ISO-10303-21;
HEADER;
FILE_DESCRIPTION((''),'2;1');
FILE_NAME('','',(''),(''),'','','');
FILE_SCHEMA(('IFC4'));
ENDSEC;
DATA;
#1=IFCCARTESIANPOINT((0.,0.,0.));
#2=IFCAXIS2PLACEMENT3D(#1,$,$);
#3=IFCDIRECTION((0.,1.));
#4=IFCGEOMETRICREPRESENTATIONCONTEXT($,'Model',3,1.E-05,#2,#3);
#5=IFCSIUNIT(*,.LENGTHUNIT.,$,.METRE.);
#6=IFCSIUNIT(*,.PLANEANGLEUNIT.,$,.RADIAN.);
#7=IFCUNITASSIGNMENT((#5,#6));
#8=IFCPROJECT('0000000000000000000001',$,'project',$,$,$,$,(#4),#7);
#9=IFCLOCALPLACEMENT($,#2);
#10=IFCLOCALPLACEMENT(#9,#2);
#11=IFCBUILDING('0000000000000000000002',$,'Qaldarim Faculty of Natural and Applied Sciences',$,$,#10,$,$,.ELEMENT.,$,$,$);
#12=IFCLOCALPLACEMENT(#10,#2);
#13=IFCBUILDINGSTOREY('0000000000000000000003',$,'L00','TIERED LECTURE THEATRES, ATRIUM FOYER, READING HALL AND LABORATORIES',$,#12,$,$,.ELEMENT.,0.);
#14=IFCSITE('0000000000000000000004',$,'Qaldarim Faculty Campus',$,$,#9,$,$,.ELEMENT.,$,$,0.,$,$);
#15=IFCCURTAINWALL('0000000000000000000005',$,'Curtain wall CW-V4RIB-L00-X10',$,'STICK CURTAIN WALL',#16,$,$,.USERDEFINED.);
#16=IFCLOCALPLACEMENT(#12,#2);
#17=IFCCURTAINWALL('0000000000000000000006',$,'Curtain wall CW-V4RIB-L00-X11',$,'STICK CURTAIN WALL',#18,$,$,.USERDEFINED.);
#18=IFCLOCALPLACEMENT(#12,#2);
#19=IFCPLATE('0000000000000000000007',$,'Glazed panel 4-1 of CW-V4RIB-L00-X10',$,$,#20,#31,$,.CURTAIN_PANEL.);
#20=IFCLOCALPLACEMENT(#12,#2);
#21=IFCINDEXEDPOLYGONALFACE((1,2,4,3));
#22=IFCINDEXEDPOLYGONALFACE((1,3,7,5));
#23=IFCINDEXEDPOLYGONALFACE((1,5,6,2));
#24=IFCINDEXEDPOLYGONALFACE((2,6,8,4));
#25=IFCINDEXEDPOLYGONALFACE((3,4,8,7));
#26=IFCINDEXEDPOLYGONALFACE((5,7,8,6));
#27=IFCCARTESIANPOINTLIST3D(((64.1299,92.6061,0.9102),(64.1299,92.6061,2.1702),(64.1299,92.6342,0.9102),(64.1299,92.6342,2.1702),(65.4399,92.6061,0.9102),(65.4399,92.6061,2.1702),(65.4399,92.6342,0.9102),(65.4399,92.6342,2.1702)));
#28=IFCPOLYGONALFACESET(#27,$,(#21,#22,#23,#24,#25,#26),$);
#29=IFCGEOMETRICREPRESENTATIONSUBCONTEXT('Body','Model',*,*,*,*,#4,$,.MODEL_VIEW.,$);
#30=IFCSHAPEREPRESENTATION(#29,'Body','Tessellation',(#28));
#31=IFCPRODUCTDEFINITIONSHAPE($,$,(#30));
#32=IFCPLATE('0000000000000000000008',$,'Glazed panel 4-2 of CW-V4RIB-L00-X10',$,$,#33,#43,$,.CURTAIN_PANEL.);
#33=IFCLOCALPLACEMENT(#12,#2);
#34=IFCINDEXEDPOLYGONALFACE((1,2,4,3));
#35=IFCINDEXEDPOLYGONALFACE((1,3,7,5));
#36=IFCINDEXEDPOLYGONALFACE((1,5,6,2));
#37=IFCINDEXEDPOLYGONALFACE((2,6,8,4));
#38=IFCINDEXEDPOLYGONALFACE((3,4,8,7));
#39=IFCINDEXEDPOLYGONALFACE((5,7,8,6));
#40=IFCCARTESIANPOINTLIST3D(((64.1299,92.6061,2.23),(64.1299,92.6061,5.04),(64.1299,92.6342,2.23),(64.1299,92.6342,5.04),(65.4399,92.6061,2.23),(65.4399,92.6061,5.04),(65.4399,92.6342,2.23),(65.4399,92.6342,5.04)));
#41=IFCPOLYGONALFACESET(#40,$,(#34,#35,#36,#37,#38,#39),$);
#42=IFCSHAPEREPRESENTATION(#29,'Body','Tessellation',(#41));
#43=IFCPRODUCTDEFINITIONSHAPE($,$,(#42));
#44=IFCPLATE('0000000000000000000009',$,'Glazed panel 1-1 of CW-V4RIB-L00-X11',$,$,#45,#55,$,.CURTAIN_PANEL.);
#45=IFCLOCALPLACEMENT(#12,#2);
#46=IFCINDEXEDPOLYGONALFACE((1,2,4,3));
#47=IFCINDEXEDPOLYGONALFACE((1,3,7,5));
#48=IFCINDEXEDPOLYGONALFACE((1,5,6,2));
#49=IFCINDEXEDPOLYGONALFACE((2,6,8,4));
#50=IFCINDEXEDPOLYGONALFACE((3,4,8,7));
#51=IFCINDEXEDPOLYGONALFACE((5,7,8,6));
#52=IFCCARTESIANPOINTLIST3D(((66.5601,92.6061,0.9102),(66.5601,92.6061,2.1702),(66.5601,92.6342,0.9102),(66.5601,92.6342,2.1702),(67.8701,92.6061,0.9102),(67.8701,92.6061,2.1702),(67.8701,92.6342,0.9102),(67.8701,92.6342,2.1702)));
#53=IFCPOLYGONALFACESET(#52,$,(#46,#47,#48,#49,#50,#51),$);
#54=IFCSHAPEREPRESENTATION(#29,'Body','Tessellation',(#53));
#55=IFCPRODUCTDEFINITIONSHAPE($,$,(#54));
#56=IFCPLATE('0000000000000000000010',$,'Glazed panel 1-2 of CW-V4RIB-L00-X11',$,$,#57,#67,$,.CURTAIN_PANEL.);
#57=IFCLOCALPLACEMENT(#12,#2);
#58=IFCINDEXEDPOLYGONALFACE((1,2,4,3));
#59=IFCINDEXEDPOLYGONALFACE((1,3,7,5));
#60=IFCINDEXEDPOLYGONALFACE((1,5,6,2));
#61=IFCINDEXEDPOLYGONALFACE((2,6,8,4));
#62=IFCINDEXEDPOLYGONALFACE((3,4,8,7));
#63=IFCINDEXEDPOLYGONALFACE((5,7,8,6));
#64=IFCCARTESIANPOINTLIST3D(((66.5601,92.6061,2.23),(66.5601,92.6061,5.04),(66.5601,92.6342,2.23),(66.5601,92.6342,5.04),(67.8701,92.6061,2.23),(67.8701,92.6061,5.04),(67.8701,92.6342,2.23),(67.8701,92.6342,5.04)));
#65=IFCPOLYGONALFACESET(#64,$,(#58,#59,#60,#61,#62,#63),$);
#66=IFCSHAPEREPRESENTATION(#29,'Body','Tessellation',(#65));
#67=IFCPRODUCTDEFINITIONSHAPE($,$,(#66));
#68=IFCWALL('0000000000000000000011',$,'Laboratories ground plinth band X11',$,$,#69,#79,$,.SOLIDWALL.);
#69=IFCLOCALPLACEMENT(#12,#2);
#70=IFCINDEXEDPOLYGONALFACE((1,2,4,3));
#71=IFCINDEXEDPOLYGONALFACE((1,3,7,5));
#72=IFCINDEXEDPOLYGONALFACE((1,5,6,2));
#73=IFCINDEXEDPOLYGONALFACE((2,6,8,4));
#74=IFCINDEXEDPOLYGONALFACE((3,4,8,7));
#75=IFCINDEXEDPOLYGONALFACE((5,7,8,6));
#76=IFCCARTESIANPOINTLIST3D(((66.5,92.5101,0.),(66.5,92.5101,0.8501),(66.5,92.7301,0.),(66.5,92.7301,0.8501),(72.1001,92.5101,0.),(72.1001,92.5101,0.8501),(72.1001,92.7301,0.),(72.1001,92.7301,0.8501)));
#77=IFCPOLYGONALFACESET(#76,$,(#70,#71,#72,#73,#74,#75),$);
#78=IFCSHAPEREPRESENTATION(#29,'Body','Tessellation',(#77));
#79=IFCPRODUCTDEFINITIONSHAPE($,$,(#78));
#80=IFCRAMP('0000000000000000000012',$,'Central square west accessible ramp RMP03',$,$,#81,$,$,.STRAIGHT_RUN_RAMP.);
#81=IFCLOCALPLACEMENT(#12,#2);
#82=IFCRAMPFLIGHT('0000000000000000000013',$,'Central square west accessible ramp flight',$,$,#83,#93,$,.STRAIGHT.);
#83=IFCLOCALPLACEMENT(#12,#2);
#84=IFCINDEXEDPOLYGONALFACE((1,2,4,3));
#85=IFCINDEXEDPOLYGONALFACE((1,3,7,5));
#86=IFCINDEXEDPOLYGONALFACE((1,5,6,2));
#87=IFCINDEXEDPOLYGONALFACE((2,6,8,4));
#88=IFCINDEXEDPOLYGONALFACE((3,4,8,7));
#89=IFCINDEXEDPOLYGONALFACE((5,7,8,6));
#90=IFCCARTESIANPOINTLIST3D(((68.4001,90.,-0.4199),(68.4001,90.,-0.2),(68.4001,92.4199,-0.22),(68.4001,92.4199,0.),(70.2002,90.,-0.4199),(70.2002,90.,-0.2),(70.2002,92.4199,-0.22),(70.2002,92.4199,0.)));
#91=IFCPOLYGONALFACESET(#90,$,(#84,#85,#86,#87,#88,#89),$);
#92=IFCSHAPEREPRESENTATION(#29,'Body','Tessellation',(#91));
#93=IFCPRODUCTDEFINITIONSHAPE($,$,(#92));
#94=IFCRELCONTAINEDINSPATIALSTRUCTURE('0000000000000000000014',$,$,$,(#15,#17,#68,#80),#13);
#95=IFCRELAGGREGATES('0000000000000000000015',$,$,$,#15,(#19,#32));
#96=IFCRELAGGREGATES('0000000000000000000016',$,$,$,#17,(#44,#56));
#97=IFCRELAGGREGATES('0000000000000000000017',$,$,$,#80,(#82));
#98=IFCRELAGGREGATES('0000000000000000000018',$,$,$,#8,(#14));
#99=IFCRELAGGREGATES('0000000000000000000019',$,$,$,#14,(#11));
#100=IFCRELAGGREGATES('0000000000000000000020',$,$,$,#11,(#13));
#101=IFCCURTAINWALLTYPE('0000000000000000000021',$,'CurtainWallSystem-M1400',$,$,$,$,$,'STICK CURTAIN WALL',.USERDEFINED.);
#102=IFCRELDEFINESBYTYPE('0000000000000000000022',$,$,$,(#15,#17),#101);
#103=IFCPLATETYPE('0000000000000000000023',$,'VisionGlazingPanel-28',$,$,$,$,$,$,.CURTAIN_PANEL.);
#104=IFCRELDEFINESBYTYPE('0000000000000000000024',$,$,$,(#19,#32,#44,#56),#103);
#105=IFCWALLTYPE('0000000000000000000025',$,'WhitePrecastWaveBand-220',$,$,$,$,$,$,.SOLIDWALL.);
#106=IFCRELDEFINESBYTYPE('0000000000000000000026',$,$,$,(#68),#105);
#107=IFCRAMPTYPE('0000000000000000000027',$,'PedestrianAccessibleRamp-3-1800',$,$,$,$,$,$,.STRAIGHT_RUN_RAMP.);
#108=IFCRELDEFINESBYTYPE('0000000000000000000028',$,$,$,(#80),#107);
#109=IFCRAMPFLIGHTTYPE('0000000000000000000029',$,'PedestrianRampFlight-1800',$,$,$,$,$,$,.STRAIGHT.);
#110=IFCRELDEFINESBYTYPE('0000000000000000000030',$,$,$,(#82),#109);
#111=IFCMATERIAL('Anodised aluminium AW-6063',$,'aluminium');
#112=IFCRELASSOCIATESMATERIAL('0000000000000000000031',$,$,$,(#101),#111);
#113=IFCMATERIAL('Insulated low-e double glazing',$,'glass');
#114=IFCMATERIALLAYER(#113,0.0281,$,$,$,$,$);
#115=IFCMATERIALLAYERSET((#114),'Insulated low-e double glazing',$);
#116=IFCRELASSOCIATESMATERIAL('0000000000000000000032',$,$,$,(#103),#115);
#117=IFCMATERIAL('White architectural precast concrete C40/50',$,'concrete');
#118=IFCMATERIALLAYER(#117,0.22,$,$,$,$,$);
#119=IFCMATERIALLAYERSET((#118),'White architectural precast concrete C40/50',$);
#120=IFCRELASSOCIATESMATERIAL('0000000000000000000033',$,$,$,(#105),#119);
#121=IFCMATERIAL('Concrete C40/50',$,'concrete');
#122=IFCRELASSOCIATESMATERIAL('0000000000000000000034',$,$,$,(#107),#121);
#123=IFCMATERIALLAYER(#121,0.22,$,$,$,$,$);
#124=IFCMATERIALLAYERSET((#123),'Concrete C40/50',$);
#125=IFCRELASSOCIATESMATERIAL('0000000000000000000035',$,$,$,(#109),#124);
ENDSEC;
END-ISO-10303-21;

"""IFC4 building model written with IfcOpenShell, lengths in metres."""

from ifc_helpers import new_model, si_unit, direction, frame, frame_2d, origin, origin_2d, place, context, subcontext, project, spatial, polyline, rectangle, outline, extrude, material, layer, layer_set, type_object, element, aggregate, save


model = new_model("IFC4")

# Units and contexts
model_context = context("Model", 3, precision=1e-05, world=origin(), true_north=direction((0.0, 1.0)))
body_context = subcontext(model_context, "Body", "Model", "MODEL_VIEW")
ifc_project = project(units=[si_unit("LENGTHUNIT", "METRE"), si_unit("PLANEANGLEUNIT", "RADIAN")], contexts=[model_context])

# Site, building, storey
site_placement = place(None, origin())
site = spatial("IfcSite", under=ifc_project, at=site_placement, Name="Qaldarim Faculty Campus", CompositionType="ELEMENT", RefElevation=0.0)
building_placement = place(site_placement, origin())
building = spatial("IfcBuilding", under=site, at=building_placement, Name="Qaldarim Faculty of Natural and Applied Sciences", CompositionType="ELEMENT")
storey_placement = place(building_placement, origin())
storey = spatial("IfcBuildingStorey", under=building, at=storey_placement, Name="L00", Description="TIERED LECTURE THEATRES, ATRIUM FOYER, READING HALL AND LABORATORIES", CompositionType="ELEMENT", Elevation=0.0)

# Shared definitions
ifc_material_1 = material(Name="Concrete C40/50", Category="concrete")

# Curtain wall
ifc_material_2 = material(Name="Anodised aluminium AW-6063", Category="aluminium")
curtain_wall_type = type_object("IfcCurtainWallType", Name="CurtainWallSystem-M1400", ElementType="STICK CURTAIN WALL", PredefinedType="USERDEFINED", material=ifc_material_2)
curtain_wall_1_placement = place(storey_placement, origin())
curtain_wall_1 = element("IfcCurtainWall", 1, at=curtain_wall_1_placement, inside=storey, type_object=curtain_wall_type, Name="Curtain wall CW-V4RIB-L00-X10", ObjectType="STICK CURTAIN WALL", PredefinedType="USERDEFINED")

# Curtain wall
curtain_wall_2_placement = place(storey_placement, origin())
curtain_wall_2 = element("IfcCurtainWall", 2, at=curtain_wall_2_placement, inside=storey, type_object=curtain_wall_type, Name="Curtain wall CW-V4RIB-L00-X11", ObjectType="STICK CURTAIN WALL", PredefinedType="USERDEFINED")

# Plates
ifc_material_3 = material(Name="Insulated low-e double glazing", Category="glass")
ifc_layer_1 = layer(ifc_material_3, 0.0281)
ifc_layer_set_1 = layer_set([ifc_layer_1], Name="Insulated low-e double glazing")
plate_type = type_object("IfcPlateType", Name="VisionGlazingPanel-28", PredefinedType="CURTAIN_PANEL", material=ifc_layer_set_1)
plate_1_placement = place(storey_placement, frame((64.7849, 92.6201, 0.9102), z_axis=(0.0, 0.0, 1.0), x_axis=(1.0, 0.0, 0.0)))
plate_1 = element("IfcPlate", 3, at=plate_1_placement, type_object=plate_type, Name="Glazed panel 4-1 of CW-V4RIB-L00-X10", PredefinedType="CURTAIN_PANEL", context=body_context, shape_type="SweptSolid", body=[
    extrude(rectangle(XDim=1.3101, YDim=0.0281, at=origin_2d()), origin(), (0.0, 0.0, 1.0), 1.26),
])
plate_2_placement = place(storey_placement, frame((64.7849, 92.6201, 2.23), z_axis=(0.0, 0.0, 1.0), x_axis=(1.0, 0.0, 0.0)))
plate_2 = element("IfcPlate", 4, at=plate_2_placement, type_object=plate_type, Name="Glazed panel 4-2 of CW-V4RIB-L00-X10", PredefinedType="CURTAIN_PANEL", context=body_context, shape_type="SweptSolid", body=[
    extrude(rectangle(XDim=1.3101, YDim=0.0281, at=origin_2d()), origin(), (0.0, 0.0, 1.0), 2.8101),
])
aggregate(curtain_wall_1, [plate_1, plate_2])
plate_3_placement = place(storey_placement, frame((67.2151, 92.6201, 0.9102), z_axis=(0.0, 0.0, 1.0), x_axis=(1.0, 0.0, 0.0)))
plate_3 = element("IfcPlate", 5, at=plate_3_placement, type_object=plate_type, Name="Glazed panel 1-1 of CW-V4RIB-L00-X11", PredefinedType="CURTAIN_PANEL", context=body_context, shape_type="SweptSolid", body=[
    extrude(rectangle(XDim=1.3101, YDim=0.0281, at=origin_2d()), origin(), (0.0, 0.0, 1.0), 1.26),
])
plate_4_placement = place(storey_placement, frame((67.2151, 92.6201, 2.23), z_axis=(0.0, 0.0, 1.0), x_axis=(1.0, 0.0, 0.0)))
plate_4 = element("IfcPlate", 6, at=plate_4_placement, type_object=plate_type, Name="Glazed panel 1-2 of CW-V4RIB-L00-X11", PredefinedType="CURTAIN_PANEL", context=body_context, shape_type="SweptSolid", body=[
    extrude(rectangle(XDim=1.3101, YDim=0.0281, at=origin_2d()), origin(), (0.0, 0.0, 1.0), 2.8101),
])
aggregate(curtain_wall_2, [plate_3, plate_4])

# Wall
ifc_material_4 = material(Name="White architectural precast concrete C40/50", Category="concrete")
ifc_layer_2 = layer(ifc_material_4, 0.22)
ifc_layer_set_2 = layer_set([ifc_layer_2], Name="White architectural precast concrete C40/50")
wall_type = type_object("IfcWallType", Name="WhitePrecastWaveBand-220", PredefinedType="SOLIDWALL", material=ifc_layer_set_2)
wall_placement = place(storey_placement, frame((66.5, 92.6201, 0.0), z_axis=(0.0, 0.0, 1.0), x_axis=(1.0, 0.0, 0.0)))
element("IfcWall", 7, at=wall_placement, inside=storey, type_object=wall_type, Name="Laboratories ground plinth band X11", PredefinedType="SOLIDWALL", context=body_context, shape_type="SweptSolid", body=[
    extrude(rectangle(XDim=5.6001, YDim=0.22, at=frame_2d((2.8, 0.0))), origin(), (0.0, 0.0, 1.0), 0.8501),
])

# Ramp, ramp flight
ramp_type = type_object("IfcRampType", Name="PedestrianAccessibleRamp-3-1800", PredefinedType="STRAIGHT_RUN_RAMP", material=ifc_material_1)
ramp_placement = place(storey_placement, origin())
ramp = element("IfcRamp", 8, at=ramp_placement, inside=storey, type_object=ramp_type, Name="Central square west accessible ramp RMP03", PredefinedType="STRAIGHT_RUN_RAMP")
ifc_layer_3 = layer(ifc_material_1, 0.22)
ifc_layer_set_3 = layer_set([ifc_layer_3], Name="Concrete C40/50")
ramp_flight_type = type_object("IfcRampFlightType", Name="PedestrianRampFlight-1800", PredefinedType="STRAIGHT", material=ifc_layer_set_3)
ramp_flight_placement = place(storey_placement, frame((69.3, 90.0, -0.2), z_axis=(0.0, 0.0, 1.0), x_axis=(0.0, 1.0, 0.0)))
ramp_flight = element("IfcRampFlight", 9, at=ramp_flight_placement, type_object=ramp_flight_type, Name="Central square west accessible ramp flight", PredefinedType="STRAIGHT", context=body_context, shape_type="SweptSolid", body=[
    extrude(outline(polyline([(0.0, 0.0), (2.4199, 0.2), (2.4199, -0.02), (0.0, -0.22), (0.0, 0.0)])), frame((0.0, 0.8999, 0.0), z_axis=(0.0, -1.0, 0.0), x_axis=(1.0, 0.0, 0.0)), (0.0, 0.0, 1.0), 1.8),
])
aggregate(ramp, [ramp_flight])

save(model, "model.ifc")
